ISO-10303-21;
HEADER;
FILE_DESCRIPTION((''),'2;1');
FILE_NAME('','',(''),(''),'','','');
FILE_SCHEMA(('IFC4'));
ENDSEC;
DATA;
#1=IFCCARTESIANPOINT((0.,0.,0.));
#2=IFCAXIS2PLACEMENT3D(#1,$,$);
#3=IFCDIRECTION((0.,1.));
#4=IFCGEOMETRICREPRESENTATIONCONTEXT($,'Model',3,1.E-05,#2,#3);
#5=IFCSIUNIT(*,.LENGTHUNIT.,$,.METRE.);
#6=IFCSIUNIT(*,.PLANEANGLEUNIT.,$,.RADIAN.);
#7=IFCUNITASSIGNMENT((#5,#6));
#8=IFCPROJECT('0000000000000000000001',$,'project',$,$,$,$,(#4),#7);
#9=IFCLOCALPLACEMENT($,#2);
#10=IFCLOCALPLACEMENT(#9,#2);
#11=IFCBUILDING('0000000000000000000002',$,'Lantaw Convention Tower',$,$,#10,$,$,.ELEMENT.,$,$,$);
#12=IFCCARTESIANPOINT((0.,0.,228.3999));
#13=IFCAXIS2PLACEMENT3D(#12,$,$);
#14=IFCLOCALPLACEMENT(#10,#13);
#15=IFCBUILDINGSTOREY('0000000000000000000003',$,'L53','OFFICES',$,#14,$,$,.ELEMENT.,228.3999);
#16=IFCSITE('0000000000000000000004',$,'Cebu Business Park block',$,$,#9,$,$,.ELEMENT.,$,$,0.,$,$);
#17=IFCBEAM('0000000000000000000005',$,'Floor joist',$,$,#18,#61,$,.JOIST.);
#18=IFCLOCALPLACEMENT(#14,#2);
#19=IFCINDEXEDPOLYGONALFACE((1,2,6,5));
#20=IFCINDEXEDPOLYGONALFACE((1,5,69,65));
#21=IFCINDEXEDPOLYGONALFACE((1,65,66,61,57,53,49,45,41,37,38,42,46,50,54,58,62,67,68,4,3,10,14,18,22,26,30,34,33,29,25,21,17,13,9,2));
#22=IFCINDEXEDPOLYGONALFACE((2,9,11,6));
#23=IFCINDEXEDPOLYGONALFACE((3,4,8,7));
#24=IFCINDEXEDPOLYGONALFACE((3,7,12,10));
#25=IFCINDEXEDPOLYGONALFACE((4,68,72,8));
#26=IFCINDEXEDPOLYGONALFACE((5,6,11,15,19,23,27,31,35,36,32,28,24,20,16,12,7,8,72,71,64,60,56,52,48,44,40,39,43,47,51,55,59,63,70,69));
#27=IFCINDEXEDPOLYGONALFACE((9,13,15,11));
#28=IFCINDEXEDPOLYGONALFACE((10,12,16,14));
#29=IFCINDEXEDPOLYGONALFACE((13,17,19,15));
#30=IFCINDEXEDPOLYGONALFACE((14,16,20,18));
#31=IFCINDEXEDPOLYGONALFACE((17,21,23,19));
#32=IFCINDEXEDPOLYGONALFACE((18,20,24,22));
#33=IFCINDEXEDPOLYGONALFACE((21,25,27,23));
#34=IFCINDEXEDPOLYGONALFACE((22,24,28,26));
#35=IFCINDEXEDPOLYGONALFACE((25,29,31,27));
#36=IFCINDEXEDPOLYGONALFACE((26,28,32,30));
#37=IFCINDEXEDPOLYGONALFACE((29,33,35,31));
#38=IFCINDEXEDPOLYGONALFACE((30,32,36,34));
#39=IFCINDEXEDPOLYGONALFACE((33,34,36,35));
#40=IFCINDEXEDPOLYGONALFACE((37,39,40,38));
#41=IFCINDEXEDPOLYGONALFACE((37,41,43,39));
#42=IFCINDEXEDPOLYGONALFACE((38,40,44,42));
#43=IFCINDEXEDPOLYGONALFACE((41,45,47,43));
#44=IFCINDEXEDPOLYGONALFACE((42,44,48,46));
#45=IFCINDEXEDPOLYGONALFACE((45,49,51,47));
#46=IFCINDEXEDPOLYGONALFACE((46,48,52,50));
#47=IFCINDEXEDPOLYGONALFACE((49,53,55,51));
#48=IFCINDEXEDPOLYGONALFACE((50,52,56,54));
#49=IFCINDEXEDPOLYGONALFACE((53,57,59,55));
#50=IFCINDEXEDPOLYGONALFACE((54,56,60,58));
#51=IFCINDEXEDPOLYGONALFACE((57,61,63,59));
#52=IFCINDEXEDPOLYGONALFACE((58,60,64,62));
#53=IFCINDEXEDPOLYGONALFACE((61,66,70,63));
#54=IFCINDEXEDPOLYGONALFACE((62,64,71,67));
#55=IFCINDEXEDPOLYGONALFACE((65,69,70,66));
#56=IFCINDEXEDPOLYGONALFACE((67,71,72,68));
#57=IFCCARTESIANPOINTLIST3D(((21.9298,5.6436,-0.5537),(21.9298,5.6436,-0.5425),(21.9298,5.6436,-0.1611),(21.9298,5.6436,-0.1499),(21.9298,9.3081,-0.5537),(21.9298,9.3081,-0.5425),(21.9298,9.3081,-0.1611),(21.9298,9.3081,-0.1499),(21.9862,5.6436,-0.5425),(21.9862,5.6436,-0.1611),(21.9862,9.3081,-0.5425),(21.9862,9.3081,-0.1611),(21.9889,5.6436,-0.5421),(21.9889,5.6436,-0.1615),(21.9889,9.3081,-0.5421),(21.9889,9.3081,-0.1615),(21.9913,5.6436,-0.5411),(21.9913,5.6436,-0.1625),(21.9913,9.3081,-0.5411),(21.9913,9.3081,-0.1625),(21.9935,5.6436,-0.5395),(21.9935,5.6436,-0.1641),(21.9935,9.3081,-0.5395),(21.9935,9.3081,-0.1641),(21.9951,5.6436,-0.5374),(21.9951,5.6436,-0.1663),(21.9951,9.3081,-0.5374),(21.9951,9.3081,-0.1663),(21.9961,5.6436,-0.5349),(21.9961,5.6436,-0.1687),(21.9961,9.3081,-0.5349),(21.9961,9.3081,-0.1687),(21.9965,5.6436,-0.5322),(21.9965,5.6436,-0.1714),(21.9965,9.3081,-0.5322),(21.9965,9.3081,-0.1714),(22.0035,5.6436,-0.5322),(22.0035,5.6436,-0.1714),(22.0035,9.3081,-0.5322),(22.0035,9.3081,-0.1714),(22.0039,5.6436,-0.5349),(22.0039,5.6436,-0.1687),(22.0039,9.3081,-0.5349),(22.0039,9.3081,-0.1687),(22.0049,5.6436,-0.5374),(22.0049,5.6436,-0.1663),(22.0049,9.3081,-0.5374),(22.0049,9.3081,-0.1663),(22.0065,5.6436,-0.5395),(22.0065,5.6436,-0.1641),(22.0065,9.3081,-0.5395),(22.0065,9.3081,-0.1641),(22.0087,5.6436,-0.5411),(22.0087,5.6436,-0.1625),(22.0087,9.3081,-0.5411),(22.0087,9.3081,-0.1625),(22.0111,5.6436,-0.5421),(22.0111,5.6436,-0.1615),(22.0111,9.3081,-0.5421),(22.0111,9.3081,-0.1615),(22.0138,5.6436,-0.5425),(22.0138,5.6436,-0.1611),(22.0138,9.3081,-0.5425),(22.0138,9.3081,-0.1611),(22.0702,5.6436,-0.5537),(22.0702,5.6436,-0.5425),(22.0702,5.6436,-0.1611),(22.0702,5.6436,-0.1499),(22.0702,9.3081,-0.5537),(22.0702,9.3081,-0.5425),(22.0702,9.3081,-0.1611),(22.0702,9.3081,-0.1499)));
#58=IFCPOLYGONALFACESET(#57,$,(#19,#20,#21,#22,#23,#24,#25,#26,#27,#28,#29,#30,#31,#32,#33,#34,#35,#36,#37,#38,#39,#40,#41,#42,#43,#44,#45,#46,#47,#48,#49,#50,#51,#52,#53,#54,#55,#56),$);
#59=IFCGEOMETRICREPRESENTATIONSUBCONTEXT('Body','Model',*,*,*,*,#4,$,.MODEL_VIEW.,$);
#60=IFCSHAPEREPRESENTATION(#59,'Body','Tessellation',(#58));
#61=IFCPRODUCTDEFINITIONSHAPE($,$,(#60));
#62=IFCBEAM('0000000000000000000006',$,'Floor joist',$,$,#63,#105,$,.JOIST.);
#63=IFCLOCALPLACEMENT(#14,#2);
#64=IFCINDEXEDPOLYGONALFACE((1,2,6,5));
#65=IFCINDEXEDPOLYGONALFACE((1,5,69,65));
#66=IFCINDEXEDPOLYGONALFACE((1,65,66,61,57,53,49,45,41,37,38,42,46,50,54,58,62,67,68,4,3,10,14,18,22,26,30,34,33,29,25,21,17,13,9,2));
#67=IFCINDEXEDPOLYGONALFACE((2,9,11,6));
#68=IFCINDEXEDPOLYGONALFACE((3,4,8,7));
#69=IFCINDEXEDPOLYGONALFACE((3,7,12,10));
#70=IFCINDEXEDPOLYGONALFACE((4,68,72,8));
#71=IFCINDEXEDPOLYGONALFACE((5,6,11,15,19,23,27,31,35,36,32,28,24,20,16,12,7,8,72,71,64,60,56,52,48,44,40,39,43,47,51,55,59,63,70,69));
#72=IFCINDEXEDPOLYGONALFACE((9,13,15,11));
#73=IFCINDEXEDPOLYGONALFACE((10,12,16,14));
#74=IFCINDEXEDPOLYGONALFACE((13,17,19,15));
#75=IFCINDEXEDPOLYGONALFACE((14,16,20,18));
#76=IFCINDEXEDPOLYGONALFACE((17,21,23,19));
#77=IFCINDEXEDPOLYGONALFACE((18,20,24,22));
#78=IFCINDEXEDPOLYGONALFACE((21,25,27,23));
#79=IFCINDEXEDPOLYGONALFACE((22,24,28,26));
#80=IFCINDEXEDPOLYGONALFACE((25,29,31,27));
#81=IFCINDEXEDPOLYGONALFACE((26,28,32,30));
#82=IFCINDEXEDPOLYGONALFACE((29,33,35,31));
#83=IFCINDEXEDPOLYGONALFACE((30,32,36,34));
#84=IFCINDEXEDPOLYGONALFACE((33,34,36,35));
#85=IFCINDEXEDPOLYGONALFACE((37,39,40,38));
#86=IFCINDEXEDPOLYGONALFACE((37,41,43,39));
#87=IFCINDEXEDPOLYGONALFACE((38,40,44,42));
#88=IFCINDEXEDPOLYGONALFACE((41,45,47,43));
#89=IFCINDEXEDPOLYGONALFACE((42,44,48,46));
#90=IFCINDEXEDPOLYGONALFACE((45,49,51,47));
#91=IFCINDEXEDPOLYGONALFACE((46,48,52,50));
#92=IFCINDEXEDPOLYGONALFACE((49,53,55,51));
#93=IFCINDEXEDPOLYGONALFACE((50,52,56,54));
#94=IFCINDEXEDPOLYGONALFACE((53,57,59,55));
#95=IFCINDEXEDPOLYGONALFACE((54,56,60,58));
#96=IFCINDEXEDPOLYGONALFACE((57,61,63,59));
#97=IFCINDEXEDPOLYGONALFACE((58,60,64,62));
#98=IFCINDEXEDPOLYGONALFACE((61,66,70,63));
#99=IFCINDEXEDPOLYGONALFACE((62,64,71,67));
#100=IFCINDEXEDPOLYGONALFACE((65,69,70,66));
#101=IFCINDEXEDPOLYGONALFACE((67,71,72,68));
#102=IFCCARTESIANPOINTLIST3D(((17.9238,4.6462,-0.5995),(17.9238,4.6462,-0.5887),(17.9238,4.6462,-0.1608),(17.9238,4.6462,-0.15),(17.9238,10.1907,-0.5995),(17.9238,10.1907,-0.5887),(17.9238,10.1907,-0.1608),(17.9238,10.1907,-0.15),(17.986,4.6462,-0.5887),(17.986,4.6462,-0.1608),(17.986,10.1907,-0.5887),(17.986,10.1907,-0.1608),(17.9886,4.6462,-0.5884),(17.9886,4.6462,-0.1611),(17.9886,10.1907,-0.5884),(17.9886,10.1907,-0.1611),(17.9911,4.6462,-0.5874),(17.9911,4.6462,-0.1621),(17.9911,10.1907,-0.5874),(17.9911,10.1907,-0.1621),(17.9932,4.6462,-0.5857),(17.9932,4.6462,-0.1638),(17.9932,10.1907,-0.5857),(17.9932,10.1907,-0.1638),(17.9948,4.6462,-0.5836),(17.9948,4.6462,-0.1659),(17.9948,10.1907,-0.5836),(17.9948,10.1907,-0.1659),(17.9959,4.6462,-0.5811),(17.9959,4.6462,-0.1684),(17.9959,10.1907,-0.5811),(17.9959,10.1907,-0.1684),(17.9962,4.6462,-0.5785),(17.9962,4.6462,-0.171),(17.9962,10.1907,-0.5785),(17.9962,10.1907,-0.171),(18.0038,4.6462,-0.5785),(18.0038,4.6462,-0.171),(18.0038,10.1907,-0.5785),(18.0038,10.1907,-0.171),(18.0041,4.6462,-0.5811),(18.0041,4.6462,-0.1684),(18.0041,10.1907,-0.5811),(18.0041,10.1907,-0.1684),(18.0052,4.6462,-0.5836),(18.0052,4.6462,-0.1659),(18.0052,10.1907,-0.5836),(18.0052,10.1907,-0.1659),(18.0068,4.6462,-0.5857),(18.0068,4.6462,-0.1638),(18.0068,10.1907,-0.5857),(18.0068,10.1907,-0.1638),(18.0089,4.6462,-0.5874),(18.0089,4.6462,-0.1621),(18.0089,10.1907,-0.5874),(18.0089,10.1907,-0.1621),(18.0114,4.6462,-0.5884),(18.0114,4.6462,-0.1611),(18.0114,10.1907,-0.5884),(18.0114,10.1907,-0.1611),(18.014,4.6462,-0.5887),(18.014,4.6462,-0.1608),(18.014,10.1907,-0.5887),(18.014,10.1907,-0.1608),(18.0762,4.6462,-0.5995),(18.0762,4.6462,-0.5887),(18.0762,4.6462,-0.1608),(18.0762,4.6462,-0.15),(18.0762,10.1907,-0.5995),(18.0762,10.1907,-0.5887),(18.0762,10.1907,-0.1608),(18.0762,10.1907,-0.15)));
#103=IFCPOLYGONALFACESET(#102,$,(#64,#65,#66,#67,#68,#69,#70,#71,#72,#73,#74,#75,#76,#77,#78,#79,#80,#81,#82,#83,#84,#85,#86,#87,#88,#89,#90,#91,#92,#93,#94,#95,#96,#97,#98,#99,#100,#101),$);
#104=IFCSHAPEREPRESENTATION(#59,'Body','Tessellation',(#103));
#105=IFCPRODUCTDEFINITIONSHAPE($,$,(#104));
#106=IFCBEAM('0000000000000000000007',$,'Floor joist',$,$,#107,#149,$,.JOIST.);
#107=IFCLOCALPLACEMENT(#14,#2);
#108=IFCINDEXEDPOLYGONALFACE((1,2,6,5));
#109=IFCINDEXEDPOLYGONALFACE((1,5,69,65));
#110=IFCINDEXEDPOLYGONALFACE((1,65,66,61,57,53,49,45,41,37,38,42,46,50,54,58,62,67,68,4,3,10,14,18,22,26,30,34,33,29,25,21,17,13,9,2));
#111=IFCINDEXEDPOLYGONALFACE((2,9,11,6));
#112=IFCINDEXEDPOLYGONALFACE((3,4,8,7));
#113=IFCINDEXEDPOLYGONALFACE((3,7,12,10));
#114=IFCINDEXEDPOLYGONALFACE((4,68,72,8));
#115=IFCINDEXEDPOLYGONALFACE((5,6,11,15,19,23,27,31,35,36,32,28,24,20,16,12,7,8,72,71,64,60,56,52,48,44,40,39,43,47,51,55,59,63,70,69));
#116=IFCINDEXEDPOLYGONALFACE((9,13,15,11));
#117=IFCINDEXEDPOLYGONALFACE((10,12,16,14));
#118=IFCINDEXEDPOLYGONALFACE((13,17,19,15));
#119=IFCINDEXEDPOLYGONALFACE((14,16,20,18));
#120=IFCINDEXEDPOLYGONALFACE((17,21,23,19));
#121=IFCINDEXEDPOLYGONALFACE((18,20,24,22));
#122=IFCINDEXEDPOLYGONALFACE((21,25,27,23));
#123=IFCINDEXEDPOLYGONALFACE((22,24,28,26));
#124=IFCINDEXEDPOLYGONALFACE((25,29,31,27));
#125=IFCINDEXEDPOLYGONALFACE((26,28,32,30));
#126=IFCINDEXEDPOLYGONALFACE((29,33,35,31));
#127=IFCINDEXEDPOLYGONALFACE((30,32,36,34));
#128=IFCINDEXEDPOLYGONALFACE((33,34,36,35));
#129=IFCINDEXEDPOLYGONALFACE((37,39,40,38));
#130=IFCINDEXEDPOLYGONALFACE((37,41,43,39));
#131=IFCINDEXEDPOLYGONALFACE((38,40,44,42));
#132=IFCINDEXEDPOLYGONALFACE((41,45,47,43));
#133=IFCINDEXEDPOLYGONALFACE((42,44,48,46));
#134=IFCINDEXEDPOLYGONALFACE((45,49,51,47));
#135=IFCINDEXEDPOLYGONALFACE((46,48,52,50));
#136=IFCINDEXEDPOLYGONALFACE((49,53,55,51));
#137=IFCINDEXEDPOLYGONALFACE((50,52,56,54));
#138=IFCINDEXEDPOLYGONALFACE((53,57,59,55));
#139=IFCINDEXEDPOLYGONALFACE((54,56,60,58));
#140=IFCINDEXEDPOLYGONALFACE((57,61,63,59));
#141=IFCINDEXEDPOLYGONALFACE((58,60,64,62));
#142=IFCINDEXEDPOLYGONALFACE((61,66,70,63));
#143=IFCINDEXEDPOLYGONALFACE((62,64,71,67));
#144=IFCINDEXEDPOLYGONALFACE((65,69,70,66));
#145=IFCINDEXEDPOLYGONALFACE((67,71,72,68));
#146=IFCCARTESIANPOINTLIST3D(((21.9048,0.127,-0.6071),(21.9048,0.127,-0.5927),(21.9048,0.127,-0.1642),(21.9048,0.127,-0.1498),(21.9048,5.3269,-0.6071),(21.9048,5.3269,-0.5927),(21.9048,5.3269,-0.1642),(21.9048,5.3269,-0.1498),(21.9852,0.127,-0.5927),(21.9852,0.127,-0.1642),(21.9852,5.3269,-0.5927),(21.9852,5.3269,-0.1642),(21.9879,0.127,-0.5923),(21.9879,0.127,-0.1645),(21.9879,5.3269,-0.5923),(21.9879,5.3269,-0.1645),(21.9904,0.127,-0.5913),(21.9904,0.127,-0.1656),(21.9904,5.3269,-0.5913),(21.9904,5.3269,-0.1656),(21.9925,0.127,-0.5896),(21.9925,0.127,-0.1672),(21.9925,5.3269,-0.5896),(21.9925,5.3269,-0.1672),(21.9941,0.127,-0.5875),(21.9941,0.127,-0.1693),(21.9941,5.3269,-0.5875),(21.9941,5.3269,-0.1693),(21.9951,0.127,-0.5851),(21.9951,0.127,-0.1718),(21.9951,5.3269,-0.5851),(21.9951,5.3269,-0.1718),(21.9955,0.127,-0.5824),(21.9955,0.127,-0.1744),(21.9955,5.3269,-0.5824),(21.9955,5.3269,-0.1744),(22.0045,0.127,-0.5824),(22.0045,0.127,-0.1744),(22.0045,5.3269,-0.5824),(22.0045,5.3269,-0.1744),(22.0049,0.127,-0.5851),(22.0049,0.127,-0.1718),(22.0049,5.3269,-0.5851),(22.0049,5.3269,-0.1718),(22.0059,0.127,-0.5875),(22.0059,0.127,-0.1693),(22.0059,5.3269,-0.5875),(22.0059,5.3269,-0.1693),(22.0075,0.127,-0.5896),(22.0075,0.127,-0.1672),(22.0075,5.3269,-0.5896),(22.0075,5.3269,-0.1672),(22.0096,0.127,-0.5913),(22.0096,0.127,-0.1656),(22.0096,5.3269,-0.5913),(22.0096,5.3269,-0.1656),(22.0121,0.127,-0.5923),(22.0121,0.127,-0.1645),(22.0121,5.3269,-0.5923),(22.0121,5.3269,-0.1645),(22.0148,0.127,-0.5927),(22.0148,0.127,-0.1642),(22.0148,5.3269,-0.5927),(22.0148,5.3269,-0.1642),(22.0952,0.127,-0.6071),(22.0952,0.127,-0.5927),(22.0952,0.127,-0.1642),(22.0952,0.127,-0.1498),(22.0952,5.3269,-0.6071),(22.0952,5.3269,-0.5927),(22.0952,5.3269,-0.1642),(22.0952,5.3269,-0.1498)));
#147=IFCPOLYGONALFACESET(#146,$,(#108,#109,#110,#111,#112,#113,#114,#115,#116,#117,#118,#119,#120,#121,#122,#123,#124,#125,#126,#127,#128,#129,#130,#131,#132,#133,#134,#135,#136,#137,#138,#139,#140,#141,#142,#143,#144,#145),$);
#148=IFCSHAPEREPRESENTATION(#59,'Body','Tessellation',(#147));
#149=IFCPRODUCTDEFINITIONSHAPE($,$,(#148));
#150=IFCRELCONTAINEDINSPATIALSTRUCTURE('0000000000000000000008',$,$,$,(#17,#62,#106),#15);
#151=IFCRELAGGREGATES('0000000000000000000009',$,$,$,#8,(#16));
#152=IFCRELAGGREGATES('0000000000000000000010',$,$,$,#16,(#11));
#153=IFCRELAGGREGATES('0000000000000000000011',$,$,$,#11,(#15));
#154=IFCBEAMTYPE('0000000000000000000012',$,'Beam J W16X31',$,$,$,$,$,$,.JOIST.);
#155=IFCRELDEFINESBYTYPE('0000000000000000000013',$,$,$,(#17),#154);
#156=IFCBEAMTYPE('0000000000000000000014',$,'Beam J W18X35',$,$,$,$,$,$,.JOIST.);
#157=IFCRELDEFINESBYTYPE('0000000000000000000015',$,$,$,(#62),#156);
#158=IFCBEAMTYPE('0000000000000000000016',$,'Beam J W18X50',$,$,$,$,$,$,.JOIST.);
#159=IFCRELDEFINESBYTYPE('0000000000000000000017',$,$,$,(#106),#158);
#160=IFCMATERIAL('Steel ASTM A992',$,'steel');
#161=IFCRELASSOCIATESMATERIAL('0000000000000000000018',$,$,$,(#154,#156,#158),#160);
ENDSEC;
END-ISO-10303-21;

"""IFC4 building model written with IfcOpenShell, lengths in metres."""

from ifc_helpers import new_model, si_unit, direction, frame, origin, origin_2d, place, context, subcontext, project, spatial, i_section, extrude, material, material_profile, profile_set, type_object, element, save


model = new_model("IFC4")

# Units and contexts
model_context = context("Model", 3, precision=1e-05, world=origin(), true_north=direction((0.0, 1.0)))
body_context = subcontext(model_context, "Body", "Model", "MODEL_VIEW")
ifc_project = project(units=[si_unit("LENGTHUNIT", "METRE"), si_unit("PLANEANGLEUNIT", "RADIAN")], contexts=[model_context])

# Site, building, storey
site_placement = place(None, origin())
site = spatial("IfcSite", under=ifc_project, at=site_placement, Name="Cebu Business Park block", CompositionType="ELEMENT", RefElevation=0.0)
building_placement = place(site_placement, origin())
building = spatial("IfcBuilding", under=site, at=building_placement, Name="Lantaw Convention Tower", CompositionType="ELEMENT")
storey_placement = place(building_placement, frame((0.0, 0.0, 228.3999)))
storey = spatial("IfcBuildingStorey", under=building, at=storey_placement, Name="L53", Description="OFFICES", CompositionType="ELEMENT", Elevation=228.3999)

# Beams
ifc_material_1 = material(Name="Steel ASTM A992", Category="steel")
ifc_material_profile_1 = material_profile(ifc_material_1, i_section(OverallWidth=0.1404, OverallDepth=0.4038, WebThickness=0.0071, FlangeThickness=0.0112, FilletRadius=0.0103, at=origin_2d()), Name="W16X31")
ifc_profile_set_1 = profile_set([ifc_material_profile_1], Name="Steel ASTM A992")
beam_type_1 = type_object("IfcBeamType", Name="Beam J W16X31", PredefinedType="JOIST", material=ifc_profile_set_1)
beam_1_placement = place(storey_placement, frame((22.0, 5.6436, -0.3518), z_axis=(0.0, 1.0, 0.0), x_axis=(-1.0, 0.0, 0.0)))
element("IfcBeam", 1, at=beam_1_placement, inside=storey, type_object=beam_type_1, Name="Floor joist", PredefinedType="JOIST", context=body_context, shape_type="SweptSolid", body=[
    extrude(i_section(OverallWidth=0.1404, OverallDepth=0.4038, WebThickness=0.0071, FlangeThickness=0.0112, FilletRadius=0.0103, at=origin_2d()), origin(), (0.0, 0.0, 1.0), 3.6646),
])
ifc_material_profile_2 = material_profile(ifc_material_1, i_section(OverallWidth=0.1523, OverallDepth=0.4495, WebThickness=0.0076, FlangeThickness=0.0107, FilletRadius=0.0103, at=origin_2d()), Name="W18X35")
ifc_profile_set_2 = profile_set([ifc_material_profile_2], Name="Steel ASTM A992")
beam_type_2 = type_object("IfcBeamType", Name="Beam J W18X35", PredefinedType="JOIST", material=ifc_profile_set_2)
beam_2_placement = place(storey_placement, frame((18.0, 4.6462, -0.3748), z_axis=(0.0, 1.0, 0.0), x_axis=(-1.0, 0.0, 0.0)))
element("IfcBeam", 2, at=beam_2_placement, inside=storey, type_object=beam_type_2, Name="Floor joist", PredefinedType="JOIST", context=body_context, shape_type="SweptSolid", body=[
    extrude(i_section(OverallWidth=0.1523, OverallDepth=0.4495, WebThickness=0.0076, FlangeThickness=0.0107, FilletRadius=0.0103, at=origin_2d()), origin(), (0.0, 0.0, 1.0), 5.5444),
])
ifc_material_profile_3 = material_profile(ifc_material_1, i_section(OverallWidth=0.1904, OverallDepth=0.4573, WebThickness=0.009, FlangeThickness=0.0144, FilletRadius=0.0103, at=origin_2d()), Name="W18X50")
ifc_profile_set_3 = profile_set([ifc_material_profile_3], Name="Steel ASTM A992")
beam_type_3 = type_object("IfcBeamType", Name="Beam J W18X50", PredefinedType="JOIST", material=ifc_profile_set_3)
beam_3_placement = place(storey_placement, frame((22.0, 0.127, -0.3784), z_axis=(0.0, 1.0, 0.0), x_axis=(-1.0, 0.0, 0.0)))
element("IfcBeam", 3, at=beam_3_placement, inside=storey, type_object=beam_type_3, Name="Floor joist", PredefinedType="JOIST", context=body_context, shape_type="SweptSolid", body=[
    extrude(i_section(OverallWidth=0.1904, OverallDepth=0.4573, WebThickness=0.009, FlangeThickness=0.0144, FilletRadius=0.0103, at=origin_2d()), origin(), (0.0, 0.0, 1.0), 5.2),
])

save(model, "model.ifc")
